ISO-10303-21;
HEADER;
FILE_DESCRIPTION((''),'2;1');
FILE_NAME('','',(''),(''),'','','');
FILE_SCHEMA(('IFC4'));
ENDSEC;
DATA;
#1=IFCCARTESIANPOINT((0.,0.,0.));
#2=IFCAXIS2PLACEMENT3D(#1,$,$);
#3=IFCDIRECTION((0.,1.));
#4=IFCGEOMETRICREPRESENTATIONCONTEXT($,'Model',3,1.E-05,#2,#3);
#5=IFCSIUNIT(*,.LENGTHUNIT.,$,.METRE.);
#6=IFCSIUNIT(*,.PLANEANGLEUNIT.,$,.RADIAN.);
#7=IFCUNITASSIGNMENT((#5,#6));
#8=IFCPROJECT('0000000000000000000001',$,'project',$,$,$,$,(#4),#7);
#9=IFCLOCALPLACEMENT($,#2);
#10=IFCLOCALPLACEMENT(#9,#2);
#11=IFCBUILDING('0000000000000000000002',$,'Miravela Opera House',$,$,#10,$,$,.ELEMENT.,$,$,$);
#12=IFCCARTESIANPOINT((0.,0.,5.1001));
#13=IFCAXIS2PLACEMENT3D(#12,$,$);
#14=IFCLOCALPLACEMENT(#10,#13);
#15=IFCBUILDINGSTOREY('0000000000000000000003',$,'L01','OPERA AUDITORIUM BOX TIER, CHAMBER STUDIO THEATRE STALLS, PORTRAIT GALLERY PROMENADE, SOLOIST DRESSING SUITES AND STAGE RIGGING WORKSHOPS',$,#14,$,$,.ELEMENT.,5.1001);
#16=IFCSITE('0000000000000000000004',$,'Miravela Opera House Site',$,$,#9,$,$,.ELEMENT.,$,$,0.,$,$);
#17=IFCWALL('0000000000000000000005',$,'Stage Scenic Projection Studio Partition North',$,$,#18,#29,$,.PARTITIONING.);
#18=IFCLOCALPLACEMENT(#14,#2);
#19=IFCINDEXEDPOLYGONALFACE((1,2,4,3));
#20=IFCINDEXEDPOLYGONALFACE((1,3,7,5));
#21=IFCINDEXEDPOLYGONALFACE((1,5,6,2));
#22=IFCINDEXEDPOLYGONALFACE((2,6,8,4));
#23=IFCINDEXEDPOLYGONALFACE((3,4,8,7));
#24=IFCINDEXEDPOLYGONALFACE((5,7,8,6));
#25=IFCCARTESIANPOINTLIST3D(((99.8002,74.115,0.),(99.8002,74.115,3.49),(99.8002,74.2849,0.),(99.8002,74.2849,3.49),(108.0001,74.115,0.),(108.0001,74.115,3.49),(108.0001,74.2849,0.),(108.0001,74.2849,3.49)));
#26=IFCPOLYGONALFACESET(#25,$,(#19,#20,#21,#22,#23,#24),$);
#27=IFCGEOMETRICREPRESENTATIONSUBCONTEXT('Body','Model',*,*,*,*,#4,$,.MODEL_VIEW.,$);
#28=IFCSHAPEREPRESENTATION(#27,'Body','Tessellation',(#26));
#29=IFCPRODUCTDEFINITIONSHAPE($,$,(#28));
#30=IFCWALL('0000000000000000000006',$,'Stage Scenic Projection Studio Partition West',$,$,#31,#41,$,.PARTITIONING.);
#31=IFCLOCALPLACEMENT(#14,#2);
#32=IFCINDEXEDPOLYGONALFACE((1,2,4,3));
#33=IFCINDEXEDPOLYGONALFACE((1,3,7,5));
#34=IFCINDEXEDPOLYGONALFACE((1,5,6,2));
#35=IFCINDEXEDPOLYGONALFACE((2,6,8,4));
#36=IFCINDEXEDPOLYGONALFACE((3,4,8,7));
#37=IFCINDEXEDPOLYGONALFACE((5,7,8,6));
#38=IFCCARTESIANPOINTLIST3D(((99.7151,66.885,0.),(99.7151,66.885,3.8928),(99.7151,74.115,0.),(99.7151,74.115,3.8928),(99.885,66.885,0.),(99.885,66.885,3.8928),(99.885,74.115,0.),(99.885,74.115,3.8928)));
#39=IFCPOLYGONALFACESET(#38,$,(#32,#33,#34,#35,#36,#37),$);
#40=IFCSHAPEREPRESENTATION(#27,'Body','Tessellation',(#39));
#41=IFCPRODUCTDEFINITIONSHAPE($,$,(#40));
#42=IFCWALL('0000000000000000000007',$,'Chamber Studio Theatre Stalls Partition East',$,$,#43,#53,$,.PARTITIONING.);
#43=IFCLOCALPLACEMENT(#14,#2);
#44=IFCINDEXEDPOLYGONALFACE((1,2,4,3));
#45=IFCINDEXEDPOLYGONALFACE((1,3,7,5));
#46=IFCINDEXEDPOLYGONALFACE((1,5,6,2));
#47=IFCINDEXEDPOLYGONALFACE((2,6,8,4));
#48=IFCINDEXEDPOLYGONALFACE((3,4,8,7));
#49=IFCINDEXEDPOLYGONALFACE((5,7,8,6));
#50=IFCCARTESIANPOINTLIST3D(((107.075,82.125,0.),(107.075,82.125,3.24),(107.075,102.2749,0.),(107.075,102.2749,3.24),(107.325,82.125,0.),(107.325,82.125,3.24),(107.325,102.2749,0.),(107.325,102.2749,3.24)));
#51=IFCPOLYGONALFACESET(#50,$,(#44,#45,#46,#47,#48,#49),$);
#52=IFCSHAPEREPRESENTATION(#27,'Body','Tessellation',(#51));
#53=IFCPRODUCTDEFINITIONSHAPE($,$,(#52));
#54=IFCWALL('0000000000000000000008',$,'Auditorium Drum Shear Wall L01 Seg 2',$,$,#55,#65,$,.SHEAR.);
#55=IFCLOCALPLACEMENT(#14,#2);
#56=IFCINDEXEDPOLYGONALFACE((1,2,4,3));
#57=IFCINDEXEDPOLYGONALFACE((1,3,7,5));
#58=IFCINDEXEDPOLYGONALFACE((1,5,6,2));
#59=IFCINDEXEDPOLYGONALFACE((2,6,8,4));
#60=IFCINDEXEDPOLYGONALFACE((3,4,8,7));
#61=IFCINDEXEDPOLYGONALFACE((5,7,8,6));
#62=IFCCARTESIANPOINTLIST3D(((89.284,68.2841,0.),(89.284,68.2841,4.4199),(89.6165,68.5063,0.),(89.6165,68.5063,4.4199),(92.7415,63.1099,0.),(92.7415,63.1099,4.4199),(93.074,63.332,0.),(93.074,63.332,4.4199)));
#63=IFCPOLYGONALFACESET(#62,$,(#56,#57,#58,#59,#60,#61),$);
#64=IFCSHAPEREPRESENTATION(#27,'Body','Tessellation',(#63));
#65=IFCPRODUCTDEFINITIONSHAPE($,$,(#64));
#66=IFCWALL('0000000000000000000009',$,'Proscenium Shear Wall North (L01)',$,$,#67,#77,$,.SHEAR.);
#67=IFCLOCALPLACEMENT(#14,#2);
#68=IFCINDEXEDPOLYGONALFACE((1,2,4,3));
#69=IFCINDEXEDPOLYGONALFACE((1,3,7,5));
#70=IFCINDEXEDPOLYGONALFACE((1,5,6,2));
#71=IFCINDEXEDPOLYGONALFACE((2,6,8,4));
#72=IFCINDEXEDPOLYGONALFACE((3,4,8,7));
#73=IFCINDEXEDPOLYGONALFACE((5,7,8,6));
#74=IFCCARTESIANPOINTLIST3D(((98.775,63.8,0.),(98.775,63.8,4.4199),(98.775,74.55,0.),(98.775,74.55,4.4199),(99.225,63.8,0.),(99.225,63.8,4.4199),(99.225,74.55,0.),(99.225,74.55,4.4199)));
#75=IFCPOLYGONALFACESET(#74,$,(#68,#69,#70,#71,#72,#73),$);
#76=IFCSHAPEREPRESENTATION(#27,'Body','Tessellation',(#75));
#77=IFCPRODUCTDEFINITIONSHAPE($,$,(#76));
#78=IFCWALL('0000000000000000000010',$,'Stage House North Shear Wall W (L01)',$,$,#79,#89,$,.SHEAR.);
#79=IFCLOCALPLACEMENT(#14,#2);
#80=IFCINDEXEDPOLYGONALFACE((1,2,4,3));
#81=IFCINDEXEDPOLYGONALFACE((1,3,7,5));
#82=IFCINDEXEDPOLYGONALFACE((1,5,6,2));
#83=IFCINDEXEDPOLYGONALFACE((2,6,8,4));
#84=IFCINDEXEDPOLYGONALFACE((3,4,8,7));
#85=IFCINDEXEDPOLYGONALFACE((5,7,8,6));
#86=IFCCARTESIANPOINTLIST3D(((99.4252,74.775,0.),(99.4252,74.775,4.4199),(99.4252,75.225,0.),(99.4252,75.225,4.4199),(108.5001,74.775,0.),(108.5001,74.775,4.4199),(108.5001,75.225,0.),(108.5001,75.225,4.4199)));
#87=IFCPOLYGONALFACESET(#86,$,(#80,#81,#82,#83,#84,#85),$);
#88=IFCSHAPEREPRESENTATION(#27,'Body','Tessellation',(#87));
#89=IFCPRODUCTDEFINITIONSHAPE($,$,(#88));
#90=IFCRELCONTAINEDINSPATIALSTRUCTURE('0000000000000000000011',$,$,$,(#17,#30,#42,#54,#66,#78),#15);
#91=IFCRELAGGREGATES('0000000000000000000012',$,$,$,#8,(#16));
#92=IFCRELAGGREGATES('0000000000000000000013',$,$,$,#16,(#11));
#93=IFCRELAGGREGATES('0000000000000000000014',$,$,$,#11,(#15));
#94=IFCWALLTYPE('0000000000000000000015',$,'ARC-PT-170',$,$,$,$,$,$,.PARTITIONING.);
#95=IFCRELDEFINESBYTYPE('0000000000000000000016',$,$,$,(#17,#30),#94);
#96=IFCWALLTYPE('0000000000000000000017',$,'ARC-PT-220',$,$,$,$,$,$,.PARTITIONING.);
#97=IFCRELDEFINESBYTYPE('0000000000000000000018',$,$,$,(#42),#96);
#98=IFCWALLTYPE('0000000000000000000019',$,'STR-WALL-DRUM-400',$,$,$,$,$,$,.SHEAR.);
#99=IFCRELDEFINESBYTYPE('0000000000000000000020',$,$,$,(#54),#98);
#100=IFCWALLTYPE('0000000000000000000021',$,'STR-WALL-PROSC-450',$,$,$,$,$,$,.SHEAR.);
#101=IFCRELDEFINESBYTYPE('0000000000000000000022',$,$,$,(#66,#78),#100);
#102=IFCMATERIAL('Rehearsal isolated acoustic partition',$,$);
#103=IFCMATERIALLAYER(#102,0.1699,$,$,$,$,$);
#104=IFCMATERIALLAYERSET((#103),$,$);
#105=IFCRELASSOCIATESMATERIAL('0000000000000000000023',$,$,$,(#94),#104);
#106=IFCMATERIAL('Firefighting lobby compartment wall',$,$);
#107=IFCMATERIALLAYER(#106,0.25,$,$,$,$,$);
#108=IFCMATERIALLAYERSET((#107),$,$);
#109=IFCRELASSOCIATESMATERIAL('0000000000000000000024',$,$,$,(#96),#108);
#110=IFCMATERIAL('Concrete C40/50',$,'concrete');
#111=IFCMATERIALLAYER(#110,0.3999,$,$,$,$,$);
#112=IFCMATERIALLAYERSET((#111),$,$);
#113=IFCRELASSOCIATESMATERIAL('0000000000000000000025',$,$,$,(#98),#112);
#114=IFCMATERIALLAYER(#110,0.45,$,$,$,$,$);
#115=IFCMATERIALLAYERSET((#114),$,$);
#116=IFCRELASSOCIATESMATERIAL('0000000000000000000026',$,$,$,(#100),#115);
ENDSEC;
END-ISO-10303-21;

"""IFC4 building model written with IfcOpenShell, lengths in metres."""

from ifc_helpers import new_model, si_unit, direction, frame, frame_2d, origin, place, context, subcontext, project, spatial, rectangle, extrude, material, layer, layer_set, type_object, element, save


model = new_model("IFC4")

# Units and contexts
model_context = context("Model", 3, precision=1e-05, world=origin(), true_north=direction((0.0, 1.0)))
body_context = subcontext(model_context, "Body", "Model", "MODEL_VIEW")
ifc_project = project(units=[si_unit("LENGTHUNIT", "METRE"), si_unit("PLANEANGLEUNIT", "RADIAN")], contexts=[model_context])

# Site, building, storey
site_placement = place(None, origin())
site = spatial("IfcSite", under=ifc_project, at=site_placement, Name="Miravela Opera House Site", CompositionType="ELEMENT", RefElevation=0.0)
building_placement = place(site_placement, origin())
building = spatial("IfcBuilding", under=site, at=building_placement, Name="Miravela Opera House", CompositionType="ELEMENT")
storey_placement = place(building_placement, frame((0.0, 0.0, 5.1001)))
storey = spatial("IfcBuildingStorey", under=building, at=storey_placement, Name="L01", Description="OPERA AUDITORIUM BOX TIER, CHAMBER STUDIO THEATRE STALLS, PORTRAIT GALLERY PROMENADE, SOLOIST DRESSING SUITES AND STAGE RIGGING WORKSHOPS", CompositionType="ELEMENT", Elevation=5.1001)

# Shared definitions
ifc_material_1 = material(Name="Concrete C40/50", Category="concrete")

# Shared definitions
ifc_material_2 = material(Name="Rehearsal isolated acoustic partition")
ifc_layer_1 = layer(ifc_material_2, 0.1699)
ifc_layer_set_1 = layer_set([ifc_layer_1])
wall_type_1 = type_object("IfcWallType", Name="ARC-PT-170", PredefinedType="PARTITIONING", material=ifc_layer_set_1)

# Walls
wall_1_placement = place(storey_placement, frame((99.8, 74.2, 0.0), z_axis=(0.0, 0.0, 1.0), x_axis=(1.0, 0.0, 0.0)))
element("IfcWall", 1, at=wall_1_placement, inside=storey, type_object=wall_type_1, Name="Stage Scenic Projection Studio Partition North", PredefinedType="PARTITIONING", context=body_context, shape_type="SweptSolid", body=[
    extrude(rectangle(XDim=8.2, YDim=0.1699, at=frame_2d((4.1001, 0.0))), origin(), (0.0, 0.0, 1.0), 3.49),
])
wall_2_placement = place(storey_placement, frame((99.8, 66.885, 0.0), z_axis=(0.0, 0.0, 1.0), x_axis=(0.0, 1.0, 0.0)))
element("IfcWall", 2, at=wall_2_placement, inside=storey, type_object=wall_type_1, Name="Stage Scenic Projection Studio Partition West", PredefinedType="PARTITIONING", context=body_context, shape_type="SweptSolid", body=[
    extrude(rectangle(XDim=7.23, YDim=0.1699, at=frame_2d((3.615, 0.0))), origin(), (0.0, 0.0, 1.0), 3.8928),
])
ifc_material_3 = material(Name="Firefighting lobby compartment wall")
ifc_layer_2 = layer(ifc_material_3, 0.25)
ifc_layer_set_2 = layer_set([ifc_layer_2])
wall_type_2 = type_object("IfcWallType", Name="ARC-PT-220", PredefinedType="PARTITIONING", material=ifc_layer_set_2)
wall_3_placement = place(storey_placement, frame((107.2, 82.125, 0.0), z_axis=(0.0, 0.0, 1.0), x_axis=(0.0, 1.0, 0.0)))
element("IfcWall", 3, at=wall_3_placement, inside=storey, type_object=wall_type_2, Name="Chamber Studio Theatre Stalls Partition East", PredefinedType="PARTITIONING", context=body_context, shape_type="SweptSolid", body=[
    extrude(rectangle(XDim=20.1499, YDim=0.25, at=frame_2d((10.075, 0.0))), origin(), (0.0, 0.0, 1.0), 3.24),
])
ifc_layer_3 = layer(ifc_material_1, 0.3999)
ifc_layer_set_3 = layer_set([ifc_layer_3])
wall_type_3 = type_object("IfcWallType", Name="STR-WALL-DRUM-400", PredefinedType="SHEAR", material=ifc_layer_set_3)
wall_4_placement = place(storey_placement, frame((92.9077, 63.2209, 0.0), z_axis=(0.0, 0.0, 1.0), x_axis=(-0.555587, 0.831458, 0.0)))
element("IfcWall", 4, at=wall_4_placement, inside=storey, type_object=wall_type_3, Name="Auditorium Drum Shear Wall L01 Seg 2", PredefinedType="SHEAR", context=body_context, shape_type="SweptSolid", body=[
    extrude(rectangle(XDim=6.2231, YDim=0.3999, at=frame_2d((3.1116, 0.0))), origin(), (0.0, 0.0, 1.0), 4.4199),
])
ifc_layer_4 = layer(ifc_material_1, 0.45)
ifc_layer_set_4 = layer_set([ifc_layer_4])
wall_type_4 = type_object("IfcWallType", Name="STR-WALL-PROSC-450", PredefinedType="SHEAR", material=ifc_layer_set_4)
wall_5_placement = place(storey_placement, frame((99.0, 63.8, 0.0), z_axis=(0.0, 0.0, 1.0), x_axis=(0.0, 1.0, 0.0)))
element("IfcWall", 5, at=wall_5_placement, inside=storey, type_object=wall_type_4, Name="Proscenium Shear Wall North (L01)", PredefinedType="SHEAR", context=body_context, shape_type="SweptSolid", body=[
    extrude(rectangle(XDim=10.75, YDim=0.45, at=frame_2d((5.375, 0.0))), origin(), (0.0, 0.0, 1.0), 4.4199),
])
wall_6_placement = place(storey_placement, frame((99.425, 75.0, 0.0), z_axis=(0.0, 0.0, 1.0), x_axis=(1.0, 0.0, 0.0)))
element("IfcWall", 6, at=wall_6_placement, inside=storey, type_object=wall_type_4, Name="Stage House North Shear Wall W (L01)", PredefinedType="SHEAR", context=body_context, shape_type="SweptSolid", body=[
    extrude(rectangle(XDim=9.075, YDim=0.45, at=frame_2d((4.5376, 0.0))), origin(), (0.0, 0.0, 1.0), 4.4199),
])

save(model, "model.ifc")
